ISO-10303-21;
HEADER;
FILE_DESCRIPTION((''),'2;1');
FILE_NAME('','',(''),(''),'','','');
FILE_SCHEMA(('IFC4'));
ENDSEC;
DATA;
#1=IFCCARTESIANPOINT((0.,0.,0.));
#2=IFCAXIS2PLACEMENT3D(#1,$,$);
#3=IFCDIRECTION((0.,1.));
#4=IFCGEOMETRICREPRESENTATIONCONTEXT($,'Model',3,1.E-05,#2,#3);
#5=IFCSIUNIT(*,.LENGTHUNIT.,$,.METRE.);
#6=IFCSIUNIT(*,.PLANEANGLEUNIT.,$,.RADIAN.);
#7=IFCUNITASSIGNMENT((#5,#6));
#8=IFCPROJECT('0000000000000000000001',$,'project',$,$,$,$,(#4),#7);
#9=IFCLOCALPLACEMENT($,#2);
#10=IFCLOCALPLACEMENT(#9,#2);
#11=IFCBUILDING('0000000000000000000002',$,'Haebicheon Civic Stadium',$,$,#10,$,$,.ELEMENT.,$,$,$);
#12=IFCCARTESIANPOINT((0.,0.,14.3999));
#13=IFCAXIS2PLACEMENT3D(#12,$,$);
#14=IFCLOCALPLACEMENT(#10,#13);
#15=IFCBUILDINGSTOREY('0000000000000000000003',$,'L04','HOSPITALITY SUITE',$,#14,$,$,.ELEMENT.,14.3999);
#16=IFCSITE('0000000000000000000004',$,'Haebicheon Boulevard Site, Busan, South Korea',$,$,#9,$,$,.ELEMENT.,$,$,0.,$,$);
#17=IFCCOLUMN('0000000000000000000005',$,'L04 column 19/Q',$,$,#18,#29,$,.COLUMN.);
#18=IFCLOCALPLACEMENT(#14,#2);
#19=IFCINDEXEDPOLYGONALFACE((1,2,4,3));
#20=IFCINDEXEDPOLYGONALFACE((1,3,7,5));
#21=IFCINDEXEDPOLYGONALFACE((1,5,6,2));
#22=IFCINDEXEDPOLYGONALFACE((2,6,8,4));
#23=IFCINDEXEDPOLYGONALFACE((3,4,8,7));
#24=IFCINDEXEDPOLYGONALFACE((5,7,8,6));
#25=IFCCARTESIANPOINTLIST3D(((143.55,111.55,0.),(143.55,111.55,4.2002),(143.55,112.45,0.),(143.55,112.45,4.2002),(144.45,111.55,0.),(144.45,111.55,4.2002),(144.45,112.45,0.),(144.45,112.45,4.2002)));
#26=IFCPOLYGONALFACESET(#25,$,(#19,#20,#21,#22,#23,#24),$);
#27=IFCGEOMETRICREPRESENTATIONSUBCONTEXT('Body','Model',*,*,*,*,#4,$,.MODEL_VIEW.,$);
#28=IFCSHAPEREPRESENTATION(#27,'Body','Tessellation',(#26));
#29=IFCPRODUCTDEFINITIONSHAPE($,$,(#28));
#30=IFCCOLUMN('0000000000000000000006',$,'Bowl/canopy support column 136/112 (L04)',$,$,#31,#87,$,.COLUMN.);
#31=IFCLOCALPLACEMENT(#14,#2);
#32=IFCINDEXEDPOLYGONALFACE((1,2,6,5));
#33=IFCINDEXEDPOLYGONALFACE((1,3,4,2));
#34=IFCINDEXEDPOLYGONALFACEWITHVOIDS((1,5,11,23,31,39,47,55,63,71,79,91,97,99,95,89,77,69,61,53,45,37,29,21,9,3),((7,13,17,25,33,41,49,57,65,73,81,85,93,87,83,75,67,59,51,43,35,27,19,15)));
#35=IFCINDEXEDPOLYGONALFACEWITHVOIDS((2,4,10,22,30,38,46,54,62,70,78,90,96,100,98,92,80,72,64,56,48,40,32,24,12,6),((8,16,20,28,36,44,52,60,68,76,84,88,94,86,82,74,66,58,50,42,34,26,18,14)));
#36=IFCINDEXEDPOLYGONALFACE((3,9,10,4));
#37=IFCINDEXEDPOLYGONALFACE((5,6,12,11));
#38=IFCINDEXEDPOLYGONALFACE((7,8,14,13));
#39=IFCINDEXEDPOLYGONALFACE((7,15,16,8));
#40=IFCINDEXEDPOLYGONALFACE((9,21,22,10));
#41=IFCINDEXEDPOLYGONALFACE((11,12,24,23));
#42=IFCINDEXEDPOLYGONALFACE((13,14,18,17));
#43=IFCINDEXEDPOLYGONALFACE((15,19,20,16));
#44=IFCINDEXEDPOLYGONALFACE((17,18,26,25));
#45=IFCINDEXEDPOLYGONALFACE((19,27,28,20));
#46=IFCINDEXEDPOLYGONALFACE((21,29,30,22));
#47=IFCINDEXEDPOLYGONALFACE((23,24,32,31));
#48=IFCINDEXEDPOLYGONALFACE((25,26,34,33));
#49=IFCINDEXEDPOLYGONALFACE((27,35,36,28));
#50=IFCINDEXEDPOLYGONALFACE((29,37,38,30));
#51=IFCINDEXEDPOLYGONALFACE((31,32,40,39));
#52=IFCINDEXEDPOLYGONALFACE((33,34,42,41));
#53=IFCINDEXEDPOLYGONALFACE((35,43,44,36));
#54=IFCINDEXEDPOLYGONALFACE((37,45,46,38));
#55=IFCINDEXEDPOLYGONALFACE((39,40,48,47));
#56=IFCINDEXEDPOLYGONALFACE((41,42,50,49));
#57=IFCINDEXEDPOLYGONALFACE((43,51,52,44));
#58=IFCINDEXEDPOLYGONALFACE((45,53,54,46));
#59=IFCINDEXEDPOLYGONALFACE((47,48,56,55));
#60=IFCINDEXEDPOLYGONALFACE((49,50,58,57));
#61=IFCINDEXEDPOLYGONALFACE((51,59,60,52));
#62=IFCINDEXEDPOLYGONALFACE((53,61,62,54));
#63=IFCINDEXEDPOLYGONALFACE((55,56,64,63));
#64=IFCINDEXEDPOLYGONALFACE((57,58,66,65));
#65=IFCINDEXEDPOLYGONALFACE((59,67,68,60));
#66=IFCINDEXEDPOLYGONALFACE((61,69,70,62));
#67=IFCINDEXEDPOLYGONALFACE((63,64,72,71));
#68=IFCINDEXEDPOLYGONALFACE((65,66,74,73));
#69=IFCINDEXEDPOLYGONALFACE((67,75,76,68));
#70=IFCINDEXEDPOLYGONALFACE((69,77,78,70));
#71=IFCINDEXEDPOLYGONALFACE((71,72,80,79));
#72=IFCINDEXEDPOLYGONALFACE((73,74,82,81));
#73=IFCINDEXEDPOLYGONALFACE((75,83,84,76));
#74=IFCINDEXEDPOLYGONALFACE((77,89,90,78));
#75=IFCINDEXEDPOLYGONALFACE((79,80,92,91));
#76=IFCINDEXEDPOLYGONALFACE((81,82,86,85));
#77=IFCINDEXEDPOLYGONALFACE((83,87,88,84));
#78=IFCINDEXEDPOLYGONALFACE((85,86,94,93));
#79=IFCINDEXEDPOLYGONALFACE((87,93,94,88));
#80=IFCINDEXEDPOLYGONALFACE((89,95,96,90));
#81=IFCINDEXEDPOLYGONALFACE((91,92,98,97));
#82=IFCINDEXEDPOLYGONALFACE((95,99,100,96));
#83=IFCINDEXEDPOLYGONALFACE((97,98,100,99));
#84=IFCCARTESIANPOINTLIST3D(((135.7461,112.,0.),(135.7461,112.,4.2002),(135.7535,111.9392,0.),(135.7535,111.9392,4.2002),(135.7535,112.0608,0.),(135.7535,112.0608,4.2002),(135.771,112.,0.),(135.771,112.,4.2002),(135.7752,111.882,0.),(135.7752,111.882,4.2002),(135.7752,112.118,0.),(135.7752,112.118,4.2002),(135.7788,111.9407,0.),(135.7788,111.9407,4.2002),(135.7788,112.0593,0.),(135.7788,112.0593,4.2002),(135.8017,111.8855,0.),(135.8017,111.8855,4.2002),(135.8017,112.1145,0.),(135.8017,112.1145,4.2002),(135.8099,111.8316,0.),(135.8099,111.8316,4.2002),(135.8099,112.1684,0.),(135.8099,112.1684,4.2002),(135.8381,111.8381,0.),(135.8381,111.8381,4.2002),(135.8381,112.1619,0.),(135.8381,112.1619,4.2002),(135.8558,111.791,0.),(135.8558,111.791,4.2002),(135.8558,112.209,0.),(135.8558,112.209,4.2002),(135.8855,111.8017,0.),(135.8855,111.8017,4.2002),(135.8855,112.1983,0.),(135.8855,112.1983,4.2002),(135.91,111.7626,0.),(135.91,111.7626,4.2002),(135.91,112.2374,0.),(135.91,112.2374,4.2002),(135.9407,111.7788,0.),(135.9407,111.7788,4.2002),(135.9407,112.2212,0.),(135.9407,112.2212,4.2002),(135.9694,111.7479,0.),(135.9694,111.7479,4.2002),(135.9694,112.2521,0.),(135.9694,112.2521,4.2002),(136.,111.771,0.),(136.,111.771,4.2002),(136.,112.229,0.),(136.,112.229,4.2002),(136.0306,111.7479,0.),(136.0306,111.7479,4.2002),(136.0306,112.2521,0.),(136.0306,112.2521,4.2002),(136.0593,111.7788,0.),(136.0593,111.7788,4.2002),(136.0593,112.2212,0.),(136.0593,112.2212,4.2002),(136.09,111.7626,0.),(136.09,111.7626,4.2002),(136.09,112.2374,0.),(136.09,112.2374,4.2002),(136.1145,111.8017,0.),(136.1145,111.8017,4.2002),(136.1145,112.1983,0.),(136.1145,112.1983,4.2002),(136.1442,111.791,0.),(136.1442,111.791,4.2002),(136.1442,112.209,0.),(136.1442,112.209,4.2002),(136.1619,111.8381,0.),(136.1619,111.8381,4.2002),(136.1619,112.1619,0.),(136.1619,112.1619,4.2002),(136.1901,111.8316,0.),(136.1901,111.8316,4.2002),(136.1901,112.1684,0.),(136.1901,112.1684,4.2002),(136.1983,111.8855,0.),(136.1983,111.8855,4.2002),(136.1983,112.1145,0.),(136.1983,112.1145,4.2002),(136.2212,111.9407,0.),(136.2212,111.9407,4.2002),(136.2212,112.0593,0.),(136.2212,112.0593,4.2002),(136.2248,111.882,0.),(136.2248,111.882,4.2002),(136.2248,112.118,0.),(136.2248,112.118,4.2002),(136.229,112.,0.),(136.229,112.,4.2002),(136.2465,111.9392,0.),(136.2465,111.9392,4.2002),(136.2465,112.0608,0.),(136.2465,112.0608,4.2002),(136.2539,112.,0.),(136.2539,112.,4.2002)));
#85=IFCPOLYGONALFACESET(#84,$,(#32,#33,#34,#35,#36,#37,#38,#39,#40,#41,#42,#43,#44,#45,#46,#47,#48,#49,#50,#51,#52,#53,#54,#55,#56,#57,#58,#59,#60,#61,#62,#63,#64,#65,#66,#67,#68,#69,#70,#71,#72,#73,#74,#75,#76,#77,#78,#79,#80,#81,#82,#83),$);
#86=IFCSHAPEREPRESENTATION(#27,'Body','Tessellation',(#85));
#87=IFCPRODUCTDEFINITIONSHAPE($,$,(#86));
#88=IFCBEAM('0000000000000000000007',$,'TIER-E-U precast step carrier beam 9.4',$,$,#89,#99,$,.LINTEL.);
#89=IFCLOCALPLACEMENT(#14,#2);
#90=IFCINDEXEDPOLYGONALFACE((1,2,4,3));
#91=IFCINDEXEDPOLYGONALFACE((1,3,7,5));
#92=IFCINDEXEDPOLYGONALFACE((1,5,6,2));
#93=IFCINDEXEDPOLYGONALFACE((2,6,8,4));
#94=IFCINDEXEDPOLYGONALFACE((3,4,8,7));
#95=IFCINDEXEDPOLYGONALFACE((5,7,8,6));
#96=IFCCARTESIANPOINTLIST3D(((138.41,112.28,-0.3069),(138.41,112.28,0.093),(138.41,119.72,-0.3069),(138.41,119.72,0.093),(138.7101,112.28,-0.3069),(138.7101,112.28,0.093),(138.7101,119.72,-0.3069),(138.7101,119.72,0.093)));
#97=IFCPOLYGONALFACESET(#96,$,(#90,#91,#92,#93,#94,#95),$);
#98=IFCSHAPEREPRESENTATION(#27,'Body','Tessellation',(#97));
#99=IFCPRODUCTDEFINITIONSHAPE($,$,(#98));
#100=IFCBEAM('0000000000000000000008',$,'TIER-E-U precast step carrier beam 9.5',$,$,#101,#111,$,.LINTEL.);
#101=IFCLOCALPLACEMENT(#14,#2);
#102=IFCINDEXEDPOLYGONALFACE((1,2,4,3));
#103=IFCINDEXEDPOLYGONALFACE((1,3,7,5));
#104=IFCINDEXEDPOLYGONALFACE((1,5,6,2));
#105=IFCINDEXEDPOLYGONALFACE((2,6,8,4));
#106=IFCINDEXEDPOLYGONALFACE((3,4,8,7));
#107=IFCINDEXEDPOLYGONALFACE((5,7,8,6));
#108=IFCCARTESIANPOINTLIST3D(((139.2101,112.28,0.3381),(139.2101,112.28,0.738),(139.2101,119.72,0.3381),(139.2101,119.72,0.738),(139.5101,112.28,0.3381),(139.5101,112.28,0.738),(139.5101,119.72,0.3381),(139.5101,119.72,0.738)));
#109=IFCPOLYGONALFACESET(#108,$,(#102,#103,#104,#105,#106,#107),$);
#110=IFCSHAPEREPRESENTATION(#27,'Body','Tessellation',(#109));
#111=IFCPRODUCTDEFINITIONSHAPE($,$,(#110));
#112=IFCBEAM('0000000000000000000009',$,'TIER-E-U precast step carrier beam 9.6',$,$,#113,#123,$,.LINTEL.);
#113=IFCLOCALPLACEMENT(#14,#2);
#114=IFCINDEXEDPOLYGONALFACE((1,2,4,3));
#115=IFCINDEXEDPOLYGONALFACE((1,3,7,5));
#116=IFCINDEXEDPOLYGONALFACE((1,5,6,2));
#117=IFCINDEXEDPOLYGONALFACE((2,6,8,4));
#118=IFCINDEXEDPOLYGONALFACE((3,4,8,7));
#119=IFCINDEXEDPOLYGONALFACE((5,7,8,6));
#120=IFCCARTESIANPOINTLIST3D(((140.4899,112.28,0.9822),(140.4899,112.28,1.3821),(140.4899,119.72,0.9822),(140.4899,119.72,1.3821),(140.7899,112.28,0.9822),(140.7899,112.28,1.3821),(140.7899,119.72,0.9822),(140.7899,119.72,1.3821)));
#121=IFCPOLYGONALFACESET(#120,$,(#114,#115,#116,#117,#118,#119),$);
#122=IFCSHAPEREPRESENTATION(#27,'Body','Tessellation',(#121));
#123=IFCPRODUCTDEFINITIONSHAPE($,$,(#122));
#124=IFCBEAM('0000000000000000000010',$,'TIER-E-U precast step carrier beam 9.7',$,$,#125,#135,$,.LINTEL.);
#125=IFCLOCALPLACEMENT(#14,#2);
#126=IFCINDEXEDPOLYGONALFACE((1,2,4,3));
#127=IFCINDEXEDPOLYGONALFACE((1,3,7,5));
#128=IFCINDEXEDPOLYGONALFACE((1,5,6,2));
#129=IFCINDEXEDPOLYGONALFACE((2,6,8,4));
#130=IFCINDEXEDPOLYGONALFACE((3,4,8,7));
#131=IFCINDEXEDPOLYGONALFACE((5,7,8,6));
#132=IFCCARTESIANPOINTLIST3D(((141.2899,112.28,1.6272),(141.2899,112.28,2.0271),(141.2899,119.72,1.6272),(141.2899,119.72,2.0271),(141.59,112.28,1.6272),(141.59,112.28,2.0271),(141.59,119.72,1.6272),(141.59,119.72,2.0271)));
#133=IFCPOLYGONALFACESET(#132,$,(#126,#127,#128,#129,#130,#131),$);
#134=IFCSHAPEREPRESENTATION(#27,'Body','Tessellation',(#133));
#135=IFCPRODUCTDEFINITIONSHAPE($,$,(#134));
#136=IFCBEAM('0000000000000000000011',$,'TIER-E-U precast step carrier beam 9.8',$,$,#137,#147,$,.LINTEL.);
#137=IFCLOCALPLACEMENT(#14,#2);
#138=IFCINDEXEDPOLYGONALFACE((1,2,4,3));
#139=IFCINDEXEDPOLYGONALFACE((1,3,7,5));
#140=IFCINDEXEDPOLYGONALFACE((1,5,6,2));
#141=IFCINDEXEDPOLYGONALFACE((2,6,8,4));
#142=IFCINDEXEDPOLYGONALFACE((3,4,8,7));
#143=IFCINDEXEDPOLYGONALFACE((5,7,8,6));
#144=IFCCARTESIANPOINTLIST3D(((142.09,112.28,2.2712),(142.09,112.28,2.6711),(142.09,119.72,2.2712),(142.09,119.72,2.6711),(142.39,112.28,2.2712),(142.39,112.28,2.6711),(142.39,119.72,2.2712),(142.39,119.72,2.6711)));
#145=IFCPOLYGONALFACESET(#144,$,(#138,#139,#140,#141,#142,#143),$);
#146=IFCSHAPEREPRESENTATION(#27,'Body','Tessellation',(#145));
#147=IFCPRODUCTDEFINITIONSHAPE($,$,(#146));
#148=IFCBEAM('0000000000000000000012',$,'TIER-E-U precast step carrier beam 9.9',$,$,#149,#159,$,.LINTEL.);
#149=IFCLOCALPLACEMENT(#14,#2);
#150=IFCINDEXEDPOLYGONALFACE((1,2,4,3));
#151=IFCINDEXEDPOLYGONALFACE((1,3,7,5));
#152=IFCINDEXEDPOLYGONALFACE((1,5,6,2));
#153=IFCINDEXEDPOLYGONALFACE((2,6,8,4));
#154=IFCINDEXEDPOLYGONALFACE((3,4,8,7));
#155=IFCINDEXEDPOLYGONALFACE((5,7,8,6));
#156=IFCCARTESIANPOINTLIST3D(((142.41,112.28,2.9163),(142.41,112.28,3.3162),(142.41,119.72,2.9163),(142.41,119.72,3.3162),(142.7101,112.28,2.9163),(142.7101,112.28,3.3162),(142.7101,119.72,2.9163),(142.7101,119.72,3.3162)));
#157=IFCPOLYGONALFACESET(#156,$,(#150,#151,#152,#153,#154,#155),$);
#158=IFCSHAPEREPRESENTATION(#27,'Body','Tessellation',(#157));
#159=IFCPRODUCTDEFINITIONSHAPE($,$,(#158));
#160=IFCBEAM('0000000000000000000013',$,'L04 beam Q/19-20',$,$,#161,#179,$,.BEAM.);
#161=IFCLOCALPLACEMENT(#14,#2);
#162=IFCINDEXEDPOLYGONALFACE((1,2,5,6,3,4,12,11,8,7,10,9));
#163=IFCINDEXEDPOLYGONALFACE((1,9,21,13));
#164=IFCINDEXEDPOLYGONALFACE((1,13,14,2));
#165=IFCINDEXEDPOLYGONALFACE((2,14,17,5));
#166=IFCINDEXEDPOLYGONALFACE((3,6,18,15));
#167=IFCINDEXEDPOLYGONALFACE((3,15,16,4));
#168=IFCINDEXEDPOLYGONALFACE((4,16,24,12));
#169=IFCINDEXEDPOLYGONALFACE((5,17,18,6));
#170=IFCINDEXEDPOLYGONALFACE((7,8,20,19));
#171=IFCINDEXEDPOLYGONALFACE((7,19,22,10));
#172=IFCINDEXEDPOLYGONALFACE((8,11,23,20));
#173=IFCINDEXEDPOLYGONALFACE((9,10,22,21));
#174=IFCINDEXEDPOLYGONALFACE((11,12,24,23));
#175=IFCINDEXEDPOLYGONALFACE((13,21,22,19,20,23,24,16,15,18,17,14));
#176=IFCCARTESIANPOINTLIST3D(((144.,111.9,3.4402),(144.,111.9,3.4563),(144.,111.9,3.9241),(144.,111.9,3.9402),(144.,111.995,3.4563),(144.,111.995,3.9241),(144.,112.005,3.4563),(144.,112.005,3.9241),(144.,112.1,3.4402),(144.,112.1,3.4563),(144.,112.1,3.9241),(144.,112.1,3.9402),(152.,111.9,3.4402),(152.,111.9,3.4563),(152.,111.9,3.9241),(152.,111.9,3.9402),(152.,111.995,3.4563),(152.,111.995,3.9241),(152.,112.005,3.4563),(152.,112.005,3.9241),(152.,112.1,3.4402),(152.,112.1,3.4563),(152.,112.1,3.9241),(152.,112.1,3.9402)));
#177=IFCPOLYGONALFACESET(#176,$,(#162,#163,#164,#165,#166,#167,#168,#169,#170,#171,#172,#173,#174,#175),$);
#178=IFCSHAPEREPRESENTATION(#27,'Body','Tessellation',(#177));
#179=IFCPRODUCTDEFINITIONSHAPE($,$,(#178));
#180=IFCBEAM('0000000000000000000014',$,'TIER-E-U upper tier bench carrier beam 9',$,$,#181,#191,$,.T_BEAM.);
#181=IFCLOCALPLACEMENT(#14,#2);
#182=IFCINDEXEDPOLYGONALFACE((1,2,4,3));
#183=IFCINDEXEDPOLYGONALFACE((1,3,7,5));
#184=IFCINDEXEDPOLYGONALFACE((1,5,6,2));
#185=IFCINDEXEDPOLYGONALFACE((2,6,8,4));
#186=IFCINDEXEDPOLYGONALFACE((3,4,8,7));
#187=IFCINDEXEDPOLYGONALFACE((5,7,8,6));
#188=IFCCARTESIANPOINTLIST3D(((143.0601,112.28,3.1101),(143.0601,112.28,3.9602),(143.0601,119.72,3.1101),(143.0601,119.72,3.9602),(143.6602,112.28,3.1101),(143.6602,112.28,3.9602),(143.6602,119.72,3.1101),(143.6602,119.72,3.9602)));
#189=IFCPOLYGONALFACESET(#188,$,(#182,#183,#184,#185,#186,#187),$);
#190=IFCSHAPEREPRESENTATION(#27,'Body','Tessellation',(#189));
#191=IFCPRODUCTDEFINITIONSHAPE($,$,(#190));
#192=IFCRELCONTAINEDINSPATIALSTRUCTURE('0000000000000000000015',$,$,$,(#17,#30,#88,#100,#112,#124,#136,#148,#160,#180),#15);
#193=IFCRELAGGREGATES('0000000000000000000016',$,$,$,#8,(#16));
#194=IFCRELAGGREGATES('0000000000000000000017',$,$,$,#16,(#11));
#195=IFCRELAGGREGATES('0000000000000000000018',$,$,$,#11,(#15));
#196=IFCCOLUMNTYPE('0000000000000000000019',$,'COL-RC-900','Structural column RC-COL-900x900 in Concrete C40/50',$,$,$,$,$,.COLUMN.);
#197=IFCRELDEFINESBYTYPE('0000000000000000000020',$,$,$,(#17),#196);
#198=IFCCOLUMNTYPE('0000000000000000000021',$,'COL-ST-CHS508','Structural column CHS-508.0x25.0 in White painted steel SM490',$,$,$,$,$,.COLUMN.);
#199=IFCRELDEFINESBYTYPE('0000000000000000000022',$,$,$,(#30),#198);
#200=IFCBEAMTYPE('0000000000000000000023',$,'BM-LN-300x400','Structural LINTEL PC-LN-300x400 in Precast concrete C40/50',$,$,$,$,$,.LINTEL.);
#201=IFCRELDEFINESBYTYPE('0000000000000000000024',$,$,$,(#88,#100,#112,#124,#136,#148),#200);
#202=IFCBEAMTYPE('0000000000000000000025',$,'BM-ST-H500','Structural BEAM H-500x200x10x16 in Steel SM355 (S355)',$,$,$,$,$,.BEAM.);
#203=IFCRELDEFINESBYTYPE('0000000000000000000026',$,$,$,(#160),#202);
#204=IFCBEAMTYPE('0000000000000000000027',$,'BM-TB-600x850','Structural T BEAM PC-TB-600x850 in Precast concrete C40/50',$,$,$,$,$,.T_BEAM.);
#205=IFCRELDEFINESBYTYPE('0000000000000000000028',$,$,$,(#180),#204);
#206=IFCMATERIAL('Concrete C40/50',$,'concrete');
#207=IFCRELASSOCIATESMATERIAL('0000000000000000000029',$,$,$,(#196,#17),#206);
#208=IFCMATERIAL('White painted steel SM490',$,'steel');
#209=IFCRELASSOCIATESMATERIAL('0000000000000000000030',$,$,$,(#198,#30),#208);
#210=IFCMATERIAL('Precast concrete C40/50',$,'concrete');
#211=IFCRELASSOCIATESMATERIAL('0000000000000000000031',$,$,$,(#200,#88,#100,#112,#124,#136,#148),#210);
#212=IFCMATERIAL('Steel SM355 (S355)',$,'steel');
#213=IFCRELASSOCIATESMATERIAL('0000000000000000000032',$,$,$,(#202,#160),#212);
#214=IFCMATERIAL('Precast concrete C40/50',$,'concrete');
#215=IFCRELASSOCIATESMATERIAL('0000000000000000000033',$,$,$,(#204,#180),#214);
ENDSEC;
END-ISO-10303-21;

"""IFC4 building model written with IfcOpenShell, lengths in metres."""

from ifc_helpers import new_model, si_unit, direction, frame, origin, origin_2d, place, context, subcontext, project, spatial, rectangle, hollow_circle, i_section, extrude, material, material_profile, profile_set, type_object, element, save


model = new_model("IFC4")

# Units and contexts
model_context = context("Model", 3, precision=1e-05, world=origin(), true_north=direction((0.0, 1.0)))
body_context = subcontext(model_context, "Body", "Model", "MODEL_VIEW")
ifc_project = project(units=[si_unit("LENGTHUNIT", "METRE"), si_unit("PLANEANGLEUNIT", "RADIAN")], contexts=[model_context])

# Site, building, storey
site_placement = place(None, origin())
site = spatial("IfcSite", under=ifc_project, at=site_placement, Name="Haebicheon Boulevard Site, Busan, South Korea", CompositionType="ELEMENT", RefElevation=0.0)
building_placement = place(site_placement, origin())
building = spatial("IfcBuilding", under=site, at=building_placement, Name="Haebicheon Civic Stadium", CompositionType="ELEMENT")
storey_placement = place(building_placement, frame((0.0, 0.0, 14.3999)))
storey = spatial("IfcBuildingStorey", under=building, at=storey_placement, Name="L04", Description="HOSPITALITY SUITE", CompositionType="ELEMENT", Elevation=14.3999)

# Columns
ifc_material_1 = material(Name="Concrete C40/50", Category="concrete")
ifc_material_profile_1 = material_profile(ifc_material_1, rectangle(XDim=0.8999, YDim=0.8999, at=origin_2d()), Name="RC-COL-900x900")
ifc_profile_set_1 = profile_set([ifc_material_profile_1], Name="Concrete C40/50")
column_type_1 = type_object("IfcColumnType", Name="COL-RC-900", Description="Structural column RC-COL-900x900 in Concrete C40/50", PredefinedType="COLUMN", material=ifc_profile_set_1)
column_1_placement = place(storey_placement, frame((144.0, 112.0, 0.0), z_axis=(0.0, 0.0, 1.0), x_axis=(1.0, 0.0, 0.0)))
element("IfcColumn", 1, at=column_1_placement, inside=storey, type_object=column_type_1, material=ifc_profile_set_1, Name="L04 column 19/Q", PredefinedType="COLUMN", context=body_context, shape_type="SweptSolid", body=[
    extrude(rectangle(XDim=0.8999, YDim=0.8999, at=origin_2d()), origin(), (0.0, 0.0, 1.0), 4.2002),
])
ifc_material_2 = material(Name="White painted steel SM490", Category="steel")
ifc_material_profile_2 = material_profile(ifc_material_2, hollow_circle(Radius=0.2539, WallThickness=0.0249, at=origin_2d()), Name="CHS-508.0x25.0")
ifc_profile_set_2 = profile_set([ifc_material_profile_2], Name="White painted steel SM490")
column_type_2 = type_object("IfcColumnType", Name="COL-ST-CHS508", Description="Structural column CHS-508.0x25.0 in White painted steel SM490", PredefinedType="COLUMN", material=ifc_profile_set_2)
column_2_placement = place(storey_placement, frame((136.0, 112.0, 0.0), z_axis=(0.0, 0.0, 1.0), x_axis=(1.0, 0.0, 0.0)))
element("IfcColumn", 2, at=column_2_placement, inside=storey, type_object=column_type_2, material=ifc_profile_set_2, Name="Bowl/canopy support column 136/112 (L04)", PredefinedType="COLUMN", context=body_context, shape_type="SweptSolid", body=[
    extrude(hollow_circle(Radius=0.2539, WallThickness=0.0249, at=origin_2d()), origin(), (0.0, 0.0, 1.0), 4.2002),
])

# Beams
ifc_material_3 = material(Name="Precast concrete C40/50", Category="concrete")
ifc_material_profile_3 = material_profile(ifc_material_3, rectangle(XDim=0.3, YDim=0.3999, at=origin_2d()), Name="PC-LN-300x400")
ifc_profile_set_3 = profile_set([ifc_material_profile_3], Name="Precast concrete C40/50")
beam_type_1 = type_object("IfcBeamType", Name="BM-LN-300x400", Description="Structural LINTEL PC-LN-300x400 in Precast concrete C40/50", PredefinedType="LINTEL", material=ifc_profile_set_3)
for number, where, z_axis, x_axis, name in (
    (3, (138.5601, 112.28, -0.1069), (0.0, 1.0, 0.0), (-1.0, 0.0, 0.0), "TIER-E-U precast step carrier beam 9.4"),
    (4, (139.3601, 112.28, 0.5381), (0.0, 1.0, 0.0), (-1.0, 0.0, 0.0), "TIER-E-U precast step carrier beam 9.5"),
    (5, (140.6399, 112.28, 1.1821), (0.0, 1.0, 0.0), (-1.0, 0.0, 0.0), "TIER-E-U precast step carrier beam 9.6"),
    (6, (141.4399, 112.28, 1.8271), (0.0, 1.0, 0.0), (-1.0, 0.0, 0.0), "TIER-E-U precast step carrier beam 9.7"),
    (7, (142.24, 112.28, 2.4712), (0.0, 1.0, 0.0), (-1.0, 0.0, 0.0), "TIER-E-U precast step carrier beam 9.8"),
    (8, (142.5601, 112.28, 3.1162), (0.0, 1.0, 0.0), (-1.0, 0.0, 0.0), "TIER-E-U precast step carrier beam 9.9"),
):
    element("IfcBeam", number, at=place(storey_placement, frame(where, z_axis=z_axis, x_axis=x_axis)), inside=storey, type_object=beam_type_1, material=ifc_profile_set_3, Name=name, PredefinedType="LINTEL", context=body_context, shape_type="SweptSolid", body=[
        extrude(rectangle(XDim=0.3, YDim=0.3999, at=origin_2d()), origin(), (0.0, 0.0, 1.0), 7.4399),
    ])
ifc_material_4 = material(Name="Steel SM355 (S355)", Category="steel")
ifc_material_profile_4 = material_profile(ifc_material_4, i_section(OverallWidth=0.2, OverallDepth=0.5, WebThickness=0.01, FlangeThickness=0.0161, at=origin_2d()), Name="H-500x200x10x16")
ifc_profile_set_4 = profile_set([ifc_material_profile_4], Name="Steel SM355 (S355)")
beam_type_2 = type_object("IfcBeamType", Name="BM-ST-H500", Description="Structural BEAM H-500x200x10x16 in Steel SM355 (S355)", PredefinedType="BEAM", material=ifc_profile_set_4)
beam_1_placement = place(storey_placement, frame((144.0, 112.0, 3.6902), z_axis=(1.0, 0.0, 0.0), x_axis=(0.0, 1.0, 0.0)))
element("IfcBeam", 9, at=beam_1_placement, inside=storey, type_object=beam_type_2, material=ifc_profile_set_4, Name="L04 beam Q/19-20", PredefinedType="BEAM", context=body_context, shape_type="SweptSolid", body=[
    extrude(i_section(OverallWidth=0.2, OverallDepth=0.5, WebThickness=0.01, FlangeThickness=0.0161, at=origin_2d()), origin(), (0.0, 0.0, 1.0), 8.0),
])
ifc_material_5 = material(Name="Precast concrete C40/50", Category="concrete")
ifc_material_profile_5 = material_profile(ifc_material_5, rectangle(XDim=0.6001, YDim=0.8501, at=origin_2d()), Name="PC-TB-600x850")
ifc_profile_set_5 = profile_set([ifc_material_profile_5], Name="Precast concrete C40/50")
beam_type_3 = type_object("IfcBeamType", Name="BM-TB-600x850", Description="Structural T BEAM PC-TB-600x850 in Precast concrete C40/50", PredefinedType="T_BEAM", material=ifc_profile_set_5)
beam_2_placement = place(storey_placement, frame((143.3601, 112.28, 3.5352), z_axis=(0.0, 1.0, 0.0), x_axis=(-1.0, 0.0, 0.0)))
element("IfcBeam", 10, at=beam_2_placement, inside=storey, type_object=beam_type_3, material=ifc_profile_set_5, Name="TIER-E-U upper tier bench carrier beam 9", PredefinedType="T_BEAM", context=body_context, shape_type="SweptSolid", body=[
    extrude(rectangle(XDim=0.6001, YDim=0.8501, at=origin_2d()), origin(), (0.0, 0.0, 1.0), 7.4399),
])

save(model, "model.ifc")
